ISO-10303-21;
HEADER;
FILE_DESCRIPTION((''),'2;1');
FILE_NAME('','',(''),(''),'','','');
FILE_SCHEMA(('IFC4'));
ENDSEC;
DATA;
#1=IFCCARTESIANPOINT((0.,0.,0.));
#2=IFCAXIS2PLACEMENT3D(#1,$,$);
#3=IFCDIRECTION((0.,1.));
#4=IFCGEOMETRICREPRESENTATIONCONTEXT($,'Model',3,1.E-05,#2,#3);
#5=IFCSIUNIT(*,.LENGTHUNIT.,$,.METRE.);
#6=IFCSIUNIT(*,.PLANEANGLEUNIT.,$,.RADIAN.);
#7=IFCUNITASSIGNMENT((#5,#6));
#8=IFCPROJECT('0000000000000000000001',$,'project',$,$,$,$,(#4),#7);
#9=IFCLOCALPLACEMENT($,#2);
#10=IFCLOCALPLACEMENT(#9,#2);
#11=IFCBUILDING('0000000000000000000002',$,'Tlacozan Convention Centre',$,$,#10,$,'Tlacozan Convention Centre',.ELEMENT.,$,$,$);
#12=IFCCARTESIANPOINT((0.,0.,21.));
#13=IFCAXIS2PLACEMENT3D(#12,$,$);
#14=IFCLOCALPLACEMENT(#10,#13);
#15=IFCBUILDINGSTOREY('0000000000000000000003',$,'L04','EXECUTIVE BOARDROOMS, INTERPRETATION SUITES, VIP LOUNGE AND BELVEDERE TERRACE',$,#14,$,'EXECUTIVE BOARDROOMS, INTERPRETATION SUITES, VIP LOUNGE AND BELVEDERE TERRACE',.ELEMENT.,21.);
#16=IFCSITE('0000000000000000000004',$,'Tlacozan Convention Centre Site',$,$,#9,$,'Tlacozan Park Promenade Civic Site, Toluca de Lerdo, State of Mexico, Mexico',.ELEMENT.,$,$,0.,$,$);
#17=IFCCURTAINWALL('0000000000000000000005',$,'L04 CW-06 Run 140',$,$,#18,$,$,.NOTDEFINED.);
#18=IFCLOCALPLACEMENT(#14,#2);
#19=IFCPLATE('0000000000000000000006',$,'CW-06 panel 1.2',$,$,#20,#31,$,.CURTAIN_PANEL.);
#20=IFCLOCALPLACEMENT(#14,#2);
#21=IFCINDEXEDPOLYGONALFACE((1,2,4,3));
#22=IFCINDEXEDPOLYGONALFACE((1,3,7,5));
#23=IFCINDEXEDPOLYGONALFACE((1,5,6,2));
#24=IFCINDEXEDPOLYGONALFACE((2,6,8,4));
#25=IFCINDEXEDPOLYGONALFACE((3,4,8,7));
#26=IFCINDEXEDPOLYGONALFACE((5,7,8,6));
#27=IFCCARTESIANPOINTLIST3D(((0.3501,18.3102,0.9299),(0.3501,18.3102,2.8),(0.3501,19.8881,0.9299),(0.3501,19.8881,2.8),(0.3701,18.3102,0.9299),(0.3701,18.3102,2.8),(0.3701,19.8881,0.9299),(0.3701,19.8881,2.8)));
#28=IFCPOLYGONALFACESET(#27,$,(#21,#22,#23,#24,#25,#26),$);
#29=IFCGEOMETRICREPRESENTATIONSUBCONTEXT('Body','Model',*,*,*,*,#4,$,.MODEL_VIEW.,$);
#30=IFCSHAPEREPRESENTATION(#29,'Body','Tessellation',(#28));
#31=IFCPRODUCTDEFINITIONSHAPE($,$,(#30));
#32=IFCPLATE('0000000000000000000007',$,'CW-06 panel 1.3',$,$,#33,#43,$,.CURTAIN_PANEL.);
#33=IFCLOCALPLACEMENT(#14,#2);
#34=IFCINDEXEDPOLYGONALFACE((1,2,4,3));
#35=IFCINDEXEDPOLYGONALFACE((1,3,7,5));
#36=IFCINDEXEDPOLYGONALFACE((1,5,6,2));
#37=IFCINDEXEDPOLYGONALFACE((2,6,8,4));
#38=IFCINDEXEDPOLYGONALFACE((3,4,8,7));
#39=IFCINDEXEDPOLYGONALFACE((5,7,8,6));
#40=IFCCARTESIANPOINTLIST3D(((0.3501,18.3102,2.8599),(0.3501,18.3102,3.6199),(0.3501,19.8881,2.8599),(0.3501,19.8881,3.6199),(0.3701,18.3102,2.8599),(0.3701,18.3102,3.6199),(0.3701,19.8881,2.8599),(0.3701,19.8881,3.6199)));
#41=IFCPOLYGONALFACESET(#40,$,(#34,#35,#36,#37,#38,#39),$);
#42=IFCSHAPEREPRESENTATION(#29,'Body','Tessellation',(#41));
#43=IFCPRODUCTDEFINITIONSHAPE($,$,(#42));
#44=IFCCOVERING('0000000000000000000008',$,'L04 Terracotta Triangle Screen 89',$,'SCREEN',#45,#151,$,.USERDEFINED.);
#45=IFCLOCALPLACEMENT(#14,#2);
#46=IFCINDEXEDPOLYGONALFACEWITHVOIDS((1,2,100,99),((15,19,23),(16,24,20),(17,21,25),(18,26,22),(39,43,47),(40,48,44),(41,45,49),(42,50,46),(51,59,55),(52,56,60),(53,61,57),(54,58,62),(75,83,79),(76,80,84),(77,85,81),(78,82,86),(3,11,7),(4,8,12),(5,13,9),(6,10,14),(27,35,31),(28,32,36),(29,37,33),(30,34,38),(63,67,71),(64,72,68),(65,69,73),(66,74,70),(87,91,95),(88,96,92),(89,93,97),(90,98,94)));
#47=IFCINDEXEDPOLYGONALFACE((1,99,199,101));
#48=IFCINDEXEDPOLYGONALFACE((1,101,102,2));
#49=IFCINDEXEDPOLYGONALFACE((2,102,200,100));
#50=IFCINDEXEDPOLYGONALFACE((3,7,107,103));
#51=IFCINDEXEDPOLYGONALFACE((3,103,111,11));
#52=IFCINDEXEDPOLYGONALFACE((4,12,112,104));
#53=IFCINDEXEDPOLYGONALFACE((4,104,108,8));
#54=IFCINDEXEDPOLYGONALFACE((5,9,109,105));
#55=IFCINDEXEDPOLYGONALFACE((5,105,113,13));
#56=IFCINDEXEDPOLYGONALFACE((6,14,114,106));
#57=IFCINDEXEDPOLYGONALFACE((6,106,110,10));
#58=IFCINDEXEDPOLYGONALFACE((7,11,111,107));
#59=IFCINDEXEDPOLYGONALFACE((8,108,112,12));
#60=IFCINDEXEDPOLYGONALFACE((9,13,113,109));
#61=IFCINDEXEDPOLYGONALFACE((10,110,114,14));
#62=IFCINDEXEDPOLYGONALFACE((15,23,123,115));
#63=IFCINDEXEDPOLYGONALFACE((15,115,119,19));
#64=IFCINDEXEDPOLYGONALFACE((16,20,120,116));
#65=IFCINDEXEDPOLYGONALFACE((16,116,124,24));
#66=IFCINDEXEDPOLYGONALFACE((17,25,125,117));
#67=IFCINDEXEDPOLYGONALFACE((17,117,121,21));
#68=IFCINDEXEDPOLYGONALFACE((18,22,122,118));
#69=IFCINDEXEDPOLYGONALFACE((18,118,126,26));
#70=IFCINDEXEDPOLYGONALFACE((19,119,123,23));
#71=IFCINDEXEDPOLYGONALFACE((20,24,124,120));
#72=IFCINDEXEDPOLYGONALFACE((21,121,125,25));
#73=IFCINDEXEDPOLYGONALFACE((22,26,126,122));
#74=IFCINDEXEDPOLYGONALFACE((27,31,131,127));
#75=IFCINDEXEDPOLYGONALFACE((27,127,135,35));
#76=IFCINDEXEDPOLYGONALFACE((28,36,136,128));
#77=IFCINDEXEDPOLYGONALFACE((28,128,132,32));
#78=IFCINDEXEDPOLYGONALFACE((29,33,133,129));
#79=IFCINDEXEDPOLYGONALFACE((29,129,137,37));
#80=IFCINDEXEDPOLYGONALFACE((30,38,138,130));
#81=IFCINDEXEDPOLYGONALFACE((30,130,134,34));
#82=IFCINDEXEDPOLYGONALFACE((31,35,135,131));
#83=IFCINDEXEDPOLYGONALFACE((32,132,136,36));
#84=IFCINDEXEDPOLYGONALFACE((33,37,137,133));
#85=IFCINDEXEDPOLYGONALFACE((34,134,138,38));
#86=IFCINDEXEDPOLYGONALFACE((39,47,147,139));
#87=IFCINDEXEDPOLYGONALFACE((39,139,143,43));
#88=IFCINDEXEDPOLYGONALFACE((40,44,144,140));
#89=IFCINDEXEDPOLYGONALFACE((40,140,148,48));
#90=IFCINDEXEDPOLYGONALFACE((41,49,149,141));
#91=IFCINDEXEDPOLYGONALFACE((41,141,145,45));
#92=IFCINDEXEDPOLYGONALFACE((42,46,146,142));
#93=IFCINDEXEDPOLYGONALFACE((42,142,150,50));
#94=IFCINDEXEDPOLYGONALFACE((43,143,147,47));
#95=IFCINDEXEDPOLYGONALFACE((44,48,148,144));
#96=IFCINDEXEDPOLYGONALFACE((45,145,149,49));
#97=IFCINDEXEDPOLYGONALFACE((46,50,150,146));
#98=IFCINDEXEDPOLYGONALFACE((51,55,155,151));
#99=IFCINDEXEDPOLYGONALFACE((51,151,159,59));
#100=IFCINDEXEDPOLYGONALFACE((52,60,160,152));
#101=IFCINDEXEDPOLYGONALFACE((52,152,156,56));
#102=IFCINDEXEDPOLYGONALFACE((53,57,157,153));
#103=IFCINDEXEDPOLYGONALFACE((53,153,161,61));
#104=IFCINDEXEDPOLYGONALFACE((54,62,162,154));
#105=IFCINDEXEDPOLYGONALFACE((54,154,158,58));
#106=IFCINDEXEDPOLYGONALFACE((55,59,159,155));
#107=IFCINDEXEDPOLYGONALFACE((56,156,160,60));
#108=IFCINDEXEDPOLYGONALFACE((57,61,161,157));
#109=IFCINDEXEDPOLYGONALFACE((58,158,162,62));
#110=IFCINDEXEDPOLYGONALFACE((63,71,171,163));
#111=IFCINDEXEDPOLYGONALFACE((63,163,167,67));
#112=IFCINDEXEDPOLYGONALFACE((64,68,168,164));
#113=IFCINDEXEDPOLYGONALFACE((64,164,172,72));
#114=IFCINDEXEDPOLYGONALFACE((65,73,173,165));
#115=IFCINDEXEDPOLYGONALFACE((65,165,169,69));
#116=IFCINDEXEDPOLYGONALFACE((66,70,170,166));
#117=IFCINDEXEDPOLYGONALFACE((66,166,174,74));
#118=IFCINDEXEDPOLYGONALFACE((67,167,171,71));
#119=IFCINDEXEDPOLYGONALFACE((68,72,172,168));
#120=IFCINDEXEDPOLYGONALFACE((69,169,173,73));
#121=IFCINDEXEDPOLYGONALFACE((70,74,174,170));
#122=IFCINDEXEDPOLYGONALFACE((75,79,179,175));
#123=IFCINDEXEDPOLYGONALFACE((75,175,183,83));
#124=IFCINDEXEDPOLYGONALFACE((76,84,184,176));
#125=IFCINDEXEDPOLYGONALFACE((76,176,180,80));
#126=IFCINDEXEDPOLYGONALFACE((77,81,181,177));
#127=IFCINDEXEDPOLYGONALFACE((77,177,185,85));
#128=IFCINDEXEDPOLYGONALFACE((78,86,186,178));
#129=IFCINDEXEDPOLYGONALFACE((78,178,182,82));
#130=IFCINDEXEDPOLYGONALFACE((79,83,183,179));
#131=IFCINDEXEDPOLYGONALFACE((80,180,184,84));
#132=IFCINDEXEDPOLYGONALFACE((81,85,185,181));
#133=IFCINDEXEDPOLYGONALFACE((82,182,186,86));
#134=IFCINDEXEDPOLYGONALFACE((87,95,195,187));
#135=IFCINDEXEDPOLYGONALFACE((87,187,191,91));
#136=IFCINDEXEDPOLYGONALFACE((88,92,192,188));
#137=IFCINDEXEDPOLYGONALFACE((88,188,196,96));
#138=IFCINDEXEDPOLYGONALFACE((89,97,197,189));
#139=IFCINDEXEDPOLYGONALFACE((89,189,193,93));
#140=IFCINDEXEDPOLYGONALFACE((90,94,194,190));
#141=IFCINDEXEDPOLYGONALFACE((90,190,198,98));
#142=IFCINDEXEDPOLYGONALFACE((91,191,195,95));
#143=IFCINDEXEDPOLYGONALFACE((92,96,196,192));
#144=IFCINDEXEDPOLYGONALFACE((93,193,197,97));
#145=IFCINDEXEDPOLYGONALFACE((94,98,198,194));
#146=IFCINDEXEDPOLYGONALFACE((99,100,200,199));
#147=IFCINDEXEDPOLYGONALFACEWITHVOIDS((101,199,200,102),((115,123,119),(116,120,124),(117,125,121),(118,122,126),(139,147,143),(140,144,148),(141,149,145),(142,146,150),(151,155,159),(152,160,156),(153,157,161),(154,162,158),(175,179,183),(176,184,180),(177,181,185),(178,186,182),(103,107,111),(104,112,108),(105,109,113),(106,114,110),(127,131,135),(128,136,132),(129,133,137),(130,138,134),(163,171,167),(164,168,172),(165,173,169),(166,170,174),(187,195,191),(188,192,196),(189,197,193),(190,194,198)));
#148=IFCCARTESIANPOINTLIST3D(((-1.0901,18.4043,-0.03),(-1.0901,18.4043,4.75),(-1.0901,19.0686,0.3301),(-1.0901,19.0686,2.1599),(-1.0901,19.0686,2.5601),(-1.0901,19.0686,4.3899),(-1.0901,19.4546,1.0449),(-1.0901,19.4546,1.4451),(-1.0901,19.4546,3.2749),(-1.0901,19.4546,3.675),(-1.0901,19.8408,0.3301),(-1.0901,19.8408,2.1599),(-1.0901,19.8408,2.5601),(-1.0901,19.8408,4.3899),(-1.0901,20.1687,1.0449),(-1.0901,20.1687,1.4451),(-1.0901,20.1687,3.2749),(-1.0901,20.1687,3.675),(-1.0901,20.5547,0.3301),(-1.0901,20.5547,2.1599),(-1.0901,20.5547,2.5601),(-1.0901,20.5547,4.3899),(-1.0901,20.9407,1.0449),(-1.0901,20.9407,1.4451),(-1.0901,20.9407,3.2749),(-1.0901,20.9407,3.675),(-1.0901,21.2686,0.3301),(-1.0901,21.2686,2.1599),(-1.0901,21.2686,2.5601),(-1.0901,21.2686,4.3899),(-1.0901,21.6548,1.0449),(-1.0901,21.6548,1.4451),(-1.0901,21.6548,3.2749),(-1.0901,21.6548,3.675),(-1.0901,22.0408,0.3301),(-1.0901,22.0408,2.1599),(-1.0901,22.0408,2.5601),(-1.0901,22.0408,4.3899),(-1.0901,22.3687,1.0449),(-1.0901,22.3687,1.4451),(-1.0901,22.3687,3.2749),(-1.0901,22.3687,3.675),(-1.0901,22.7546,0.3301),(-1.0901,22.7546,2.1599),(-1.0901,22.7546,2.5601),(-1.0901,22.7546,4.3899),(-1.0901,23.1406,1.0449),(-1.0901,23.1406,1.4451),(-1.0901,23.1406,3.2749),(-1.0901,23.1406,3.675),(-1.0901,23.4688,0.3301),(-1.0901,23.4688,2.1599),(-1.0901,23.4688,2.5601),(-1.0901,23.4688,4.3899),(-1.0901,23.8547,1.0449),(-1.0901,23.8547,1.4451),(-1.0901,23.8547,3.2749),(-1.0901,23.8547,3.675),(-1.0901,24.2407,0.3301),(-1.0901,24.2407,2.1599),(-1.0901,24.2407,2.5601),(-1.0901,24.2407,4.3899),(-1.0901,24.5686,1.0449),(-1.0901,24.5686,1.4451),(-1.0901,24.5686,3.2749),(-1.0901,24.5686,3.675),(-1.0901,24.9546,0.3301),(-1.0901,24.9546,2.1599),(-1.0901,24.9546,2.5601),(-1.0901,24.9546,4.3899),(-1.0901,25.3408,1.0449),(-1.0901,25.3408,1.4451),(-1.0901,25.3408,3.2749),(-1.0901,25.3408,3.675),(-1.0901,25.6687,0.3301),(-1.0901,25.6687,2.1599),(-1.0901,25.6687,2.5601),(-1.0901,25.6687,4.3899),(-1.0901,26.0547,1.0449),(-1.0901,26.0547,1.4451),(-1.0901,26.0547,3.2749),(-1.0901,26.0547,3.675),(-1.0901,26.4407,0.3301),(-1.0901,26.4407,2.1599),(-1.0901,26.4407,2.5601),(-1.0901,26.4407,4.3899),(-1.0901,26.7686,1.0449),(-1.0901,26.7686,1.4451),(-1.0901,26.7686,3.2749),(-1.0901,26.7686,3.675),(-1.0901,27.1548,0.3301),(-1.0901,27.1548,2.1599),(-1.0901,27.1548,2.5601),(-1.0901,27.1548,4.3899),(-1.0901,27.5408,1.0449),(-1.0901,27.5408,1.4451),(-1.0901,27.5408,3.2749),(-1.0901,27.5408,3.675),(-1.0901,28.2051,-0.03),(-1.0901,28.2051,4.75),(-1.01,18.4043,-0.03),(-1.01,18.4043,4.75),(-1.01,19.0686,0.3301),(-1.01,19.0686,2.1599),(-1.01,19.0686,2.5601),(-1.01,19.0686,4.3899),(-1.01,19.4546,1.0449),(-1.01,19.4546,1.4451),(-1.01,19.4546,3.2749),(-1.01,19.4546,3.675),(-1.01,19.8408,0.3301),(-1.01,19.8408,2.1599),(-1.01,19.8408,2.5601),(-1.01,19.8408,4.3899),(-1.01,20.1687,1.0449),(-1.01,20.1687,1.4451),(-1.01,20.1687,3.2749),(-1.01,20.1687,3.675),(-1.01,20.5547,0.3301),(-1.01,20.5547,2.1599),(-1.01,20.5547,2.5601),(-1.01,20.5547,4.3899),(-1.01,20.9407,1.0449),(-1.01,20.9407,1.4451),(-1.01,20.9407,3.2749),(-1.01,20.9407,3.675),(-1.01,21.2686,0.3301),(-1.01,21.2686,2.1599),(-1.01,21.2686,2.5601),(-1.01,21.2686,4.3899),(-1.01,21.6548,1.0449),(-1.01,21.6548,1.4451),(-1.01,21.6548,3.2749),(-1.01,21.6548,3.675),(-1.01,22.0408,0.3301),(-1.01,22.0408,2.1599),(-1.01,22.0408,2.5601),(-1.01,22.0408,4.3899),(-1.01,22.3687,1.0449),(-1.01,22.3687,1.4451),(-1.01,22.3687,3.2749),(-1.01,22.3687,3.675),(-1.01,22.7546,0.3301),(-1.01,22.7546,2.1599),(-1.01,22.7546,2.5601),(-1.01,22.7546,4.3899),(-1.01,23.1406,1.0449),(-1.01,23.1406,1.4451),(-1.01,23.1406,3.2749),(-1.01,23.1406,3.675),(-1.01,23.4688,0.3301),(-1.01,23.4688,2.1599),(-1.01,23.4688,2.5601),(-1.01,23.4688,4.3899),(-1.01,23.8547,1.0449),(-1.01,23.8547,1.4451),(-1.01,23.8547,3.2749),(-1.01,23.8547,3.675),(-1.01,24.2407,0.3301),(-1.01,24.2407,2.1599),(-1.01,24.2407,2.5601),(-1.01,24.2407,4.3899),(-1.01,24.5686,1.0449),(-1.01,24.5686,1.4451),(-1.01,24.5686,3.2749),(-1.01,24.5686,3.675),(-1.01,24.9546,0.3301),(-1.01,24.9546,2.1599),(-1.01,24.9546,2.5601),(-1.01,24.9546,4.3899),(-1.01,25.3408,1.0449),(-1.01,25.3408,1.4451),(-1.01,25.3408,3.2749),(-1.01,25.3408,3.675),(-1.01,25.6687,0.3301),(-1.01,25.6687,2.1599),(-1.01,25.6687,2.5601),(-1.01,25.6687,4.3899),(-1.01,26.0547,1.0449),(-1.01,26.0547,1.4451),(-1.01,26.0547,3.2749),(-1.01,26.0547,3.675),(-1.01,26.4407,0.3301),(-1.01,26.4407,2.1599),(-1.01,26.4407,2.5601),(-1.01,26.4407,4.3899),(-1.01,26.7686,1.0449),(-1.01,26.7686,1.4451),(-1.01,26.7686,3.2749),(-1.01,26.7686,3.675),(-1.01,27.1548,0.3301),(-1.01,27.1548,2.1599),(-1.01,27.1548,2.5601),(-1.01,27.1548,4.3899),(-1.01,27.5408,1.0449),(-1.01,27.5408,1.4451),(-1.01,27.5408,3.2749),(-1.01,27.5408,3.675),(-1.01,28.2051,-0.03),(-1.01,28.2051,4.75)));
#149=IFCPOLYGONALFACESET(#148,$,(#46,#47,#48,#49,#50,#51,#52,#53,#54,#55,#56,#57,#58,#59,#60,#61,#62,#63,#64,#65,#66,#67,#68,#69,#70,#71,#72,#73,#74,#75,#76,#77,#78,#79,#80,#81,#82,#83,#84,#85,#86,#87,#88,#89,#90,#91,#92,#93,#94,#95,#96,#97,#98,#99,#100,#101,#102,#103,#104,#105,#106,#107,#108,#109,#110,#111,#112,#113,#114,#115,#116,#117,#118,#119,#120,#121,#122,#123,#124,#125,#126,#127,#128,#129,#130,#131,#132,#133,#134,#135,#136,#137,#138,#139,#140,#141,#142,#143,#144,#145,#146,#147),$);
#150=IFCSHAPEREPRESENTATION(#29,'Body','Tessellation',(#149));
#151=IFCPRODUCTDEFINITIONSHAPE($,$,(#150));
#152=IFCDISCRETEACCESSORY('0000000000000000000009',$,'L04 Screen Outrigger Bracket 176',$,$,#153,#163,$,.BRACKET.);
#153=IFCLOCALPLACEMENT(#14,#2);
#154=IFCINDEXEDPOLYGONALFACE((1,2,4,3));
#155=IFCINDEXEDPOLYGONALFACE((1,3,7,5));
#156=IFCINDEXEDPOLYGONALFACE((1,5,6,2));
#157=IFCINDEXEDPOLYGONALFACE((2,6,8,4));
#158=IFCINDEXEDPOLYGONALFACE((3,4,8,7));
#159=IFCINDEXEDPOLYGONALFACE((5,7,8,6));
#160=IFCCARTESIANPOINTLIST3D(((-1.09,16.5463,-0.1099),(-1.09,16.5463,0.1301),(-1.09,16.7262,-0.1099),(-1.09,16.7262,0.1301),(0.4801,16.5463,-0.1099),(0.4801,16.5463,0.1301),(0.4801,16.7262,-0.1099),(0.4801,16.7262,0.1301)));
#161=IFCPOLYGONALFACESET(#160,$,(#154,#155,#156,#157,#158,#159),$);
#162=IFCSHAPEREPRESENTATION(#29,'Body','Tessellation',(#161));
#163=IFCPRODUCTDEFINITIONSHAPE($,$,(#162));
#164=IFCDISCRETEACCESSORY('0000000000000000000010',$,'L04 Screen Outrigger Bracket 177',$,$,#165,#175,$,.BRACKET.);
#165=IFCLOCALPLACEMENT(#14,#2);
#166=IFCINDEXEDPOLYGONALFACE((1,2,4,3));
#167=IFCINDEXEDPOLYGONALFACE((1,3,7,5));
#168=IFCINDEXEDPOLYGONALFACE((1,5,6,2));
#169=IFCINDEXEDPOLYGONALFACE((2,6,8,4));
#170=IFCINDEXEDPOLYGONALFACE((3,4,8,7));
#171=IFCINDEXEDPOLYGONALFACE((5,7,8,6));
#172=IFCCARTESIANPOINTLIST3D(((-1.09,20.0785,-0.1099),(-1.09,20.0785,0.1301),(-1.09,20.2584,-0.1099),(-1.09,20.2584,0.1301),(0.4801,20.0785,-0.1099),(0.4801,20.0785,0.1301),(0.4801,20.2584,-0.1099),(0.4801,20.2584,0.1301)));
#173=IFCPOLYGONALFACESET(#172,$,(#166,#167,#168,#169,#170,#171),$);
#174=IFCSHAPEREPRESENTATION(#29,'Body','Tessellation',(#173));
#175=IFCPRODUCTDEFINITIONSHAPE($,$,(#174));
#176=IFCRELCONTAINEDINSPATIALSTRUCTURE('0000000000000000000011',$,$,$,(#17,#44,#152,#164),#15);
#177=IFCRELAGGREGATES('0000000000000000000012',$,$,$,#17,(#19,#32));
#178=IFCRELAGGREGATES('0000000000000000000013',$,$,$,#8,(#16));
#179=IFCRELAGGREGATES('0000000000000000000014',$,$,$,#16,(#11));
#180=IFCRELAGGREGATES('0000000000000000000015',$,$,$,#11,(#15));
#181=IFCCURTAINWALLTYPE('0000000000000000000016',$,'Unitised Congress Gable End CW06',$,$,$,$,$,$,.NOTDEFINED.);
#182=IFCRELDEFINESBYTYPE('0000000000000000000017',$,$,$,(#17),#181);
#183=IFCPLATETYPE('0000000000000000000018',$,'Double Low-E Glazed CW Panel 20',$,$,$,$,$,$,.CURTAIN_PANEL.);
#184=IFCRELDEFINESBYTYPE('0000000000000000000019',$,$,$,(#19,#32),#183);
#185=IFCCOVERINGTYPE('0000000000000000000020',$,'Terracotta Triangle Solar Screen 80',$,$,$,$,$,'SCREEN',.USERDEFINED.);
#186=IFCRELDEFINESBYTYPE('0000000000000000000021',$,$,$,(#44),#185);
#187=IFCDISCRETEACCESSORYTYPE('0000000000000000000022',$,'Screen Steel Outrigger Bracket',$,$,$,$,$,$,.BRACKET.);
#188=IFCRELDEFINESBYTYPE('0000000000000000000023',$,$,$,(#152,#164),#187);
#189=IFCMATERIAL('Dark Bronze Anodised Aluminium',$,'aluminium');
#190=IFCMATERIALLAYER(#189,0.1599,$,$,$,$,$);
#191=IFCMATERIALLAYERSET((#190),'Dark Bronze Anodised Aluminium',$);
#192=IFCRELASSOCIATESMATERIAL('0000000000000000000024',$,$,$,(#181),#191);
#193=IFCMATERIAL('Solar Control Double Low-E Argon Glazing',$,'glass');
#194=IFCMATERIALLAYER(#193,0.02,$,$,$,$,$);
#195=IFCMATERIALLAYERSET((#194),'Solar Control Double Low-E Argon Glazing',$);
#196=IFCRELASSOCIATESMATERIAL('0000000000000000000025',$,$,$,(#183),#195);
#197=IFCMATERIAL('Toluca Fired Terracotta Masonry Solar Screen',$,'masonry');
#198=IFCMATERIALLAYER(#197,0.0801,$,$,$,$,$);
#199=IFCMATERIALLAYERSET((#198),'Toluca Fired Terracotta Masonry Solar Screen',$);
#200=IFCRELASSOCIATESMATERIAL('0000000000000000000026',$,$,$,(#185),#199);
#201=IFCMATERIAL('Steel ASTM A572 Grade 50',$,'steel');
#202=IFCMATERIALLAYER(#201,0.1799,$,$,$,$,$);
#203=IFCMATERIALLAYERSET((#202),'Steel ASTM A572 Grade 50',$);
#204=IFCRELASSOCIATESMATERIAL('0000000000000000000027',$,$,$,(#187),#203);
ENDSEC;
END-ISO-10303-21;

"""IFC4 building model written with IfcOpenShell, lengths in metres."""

from ifc_helpers import new_model, si_unit, direction, frame, origin, origin_2d, place, context, subcontext, project, spatial, polyline, rectangle, outline, extrude, material, layer, layer_set, type_object, element, aggregate, save


model = new_model("IFC4")

# Units and contexts
model_context = context("Model", 3, precision=1e-05, world=origin(), true_north=direction((0.0, 1.0)))
body_context = subcontext(model_context, "Body", "Model", "MODEL_VIEW")
ifc_project = project(units=[si_unit("LENGTHUNIT", "METRE"), si_unit("PLANEANGLEUNIT", "RADIAN")], contexts=[model_context])

# Site, building, storey
site_placement = place(None, origin())
site = spatial("IfcSite", under=ifc_project, at=site_placement, Name="Tlacozan Convention Centre Site", LongName="Tlacozan Park Promenade Civic Site, Toluca de Lerdo, State of Mexico, Mexico", CompositionType="ELEMENT", RefElevation=0.0)
building_placement = place(site_placement, origin())
building = spatial("IfcBuilding", under=site, at=building_placement, Name="Tlacozan Convention Centre", LongName="Tlacozan Convention Centre", CompositionType="ELEMENT")
storey_placement = place(building_placement, frame((0.0, 0.0, 21.0)))
storey = spatial("IfcBuildingStorey", under=building, at=storey_placement, Name="L04", Description="EXECUTIVE BOARDROOMS, INTERPRETATION SUITES, VIP LOUNGE AND BELVEDERE TERRACE", LongName="EXECUTIVE BOARDROOMS, INTERPRETATION SUITES, VIP LOUNGE AND BELVEDERE TERRACE", CompositionType="ELEMENT", Elevation=21.0)

# Curtain wall
ifc_material_1 = material(Name="Dark Bronze Anodised Aluminium", Category="aluminium")
ifc_layer_1 = layer(ifc_material_1, 0.1599)
ifc_layer_set_1 = layer_set([ifc_layer_1], Name="Dark Bronze Anodised Aluminium")
curtain_wall_type = type_object("IfcCurtainWallType", Name="Unitised Congress Gable End CW06", PredefinedType="NOTDEFINED", material=ifc_layer_set_1)
curtain_wall_1_placement = place(storey_placement, origin())
curtain_wall_1 = element("IfcCurtainWall", 1, at=curtain_wall_1_placement, inside=storey, type_object=curtain_wall_type, Name="L04 CW-06 Run 140", PredefinedType="NOTDEFINED")

# Plates
ifc_material_2 = material(Name="Solar Control Double Low-E Argon Glazing", Category="glass")
ifc_layer_2 = layer(ifc_material_2, 0.02)
ifc_layer_set_2 = layer_set([ifc_layer_2], Name="Solar Control Double Low-E Argon Glazing")
plate_type = type_object("IfcPlateType", Name="Double Low-E Glazed CW Panel 20", PredefinedType="CURTAIN_PANEL", material=ifc_layer_set_2)
plate_1_placement = place(storey_placement, frame((0.3601, 19.0991, 0.9299), z_axis=(0.0, 0.0, 1.0), x_axis=(0.0, 1.0, 0.0)))
plate_1 = element("IfcPlate", 2, at=plate_1_placement, type_object=plate_type, Name="CW-06 panel 1.2", PredefinedType="CURTAIN_PANEL", context=body_context, shape_type="SweptSolid", body=[
    extrude(rectangle(XDim=1.5779, YDim=0.02, at=origin_2d()), origin(), (0.0, 0.0, 1.0), 1.8701),
])
plate_2_placement = place(storey_placement, frame((0.3601, 19.0991, 2.8599), z_axis=(0.0, 0.0, 1.0), x_axis=(0.0, 1.0, 0.0)))
plate_2 = element("IfcPlate", 3, at=plate_2_placement, type_object=plate_type, Name="CW-06 panel 1.3", PredefinedType="CURTAIN_PANEL", context=body_context, shape_type="SweptSolid", body=[
    extrude(rectangle(XDim=1.5779, YDim=0.02, at=origin_2d()), origin(), (0.0, 0.0, 1.0), 0.76),
])
aggregate(curtain_wall_1, [plate_1, plate_2])

# Covering
ifc_material_3 = material(Name="Toluca Fired Terracotta Masonry Solar Screen", Category="masonry")
ifc_layer_3 = layer(ifc_material_3, 0.0801)
ifc_layer_set_3 = layer_set([ifc_layer_3], Name="Toluca Fired Terracotta Masonry Solar Screen")
covering_type = type_object("IfcCoveringType", Name="Terracotta Triangle Solar Screen 80", ElementType="SCREEN", PredefinedType="USERDEFINED", material=ifc_layer_set_3)
covering_placement = place(storey_placement, frame((-1.05, 18.4043, -0.03), z_axis=(0.0, 0.0, 1.0), x_axis=(0.0, 1.0, 0.0)))
element("IfcCovering", 4, at=covering_placement, inside=storey, type_object=covering_type, Name="L04 Terracotta Triangle Screen 89", ObjectType="SCREEN", PredefinedType="USERDEFINED", context=body_context, shape_type="SweptSolid", body=[
    extrude(outline(polyline([(0.0, 0.0), (9.8008, 0.0), (9.8008, 4.78), (0.0, 4.78), (0.0, 0.0)]), holes=[polyline([(0.6643, 0.3601), (1.4365, 0.3601), (1.0503, 1.075), (0.6643, 0.3601)]), polyline([(1.7644, 1.075), (2.5364, 1.075), (2.1504, 0.3601), (1.7644, 1.075)]), polyline([(2.8643, 0.3601), (3.6365, 0.3601), (3.2505, 1.075), (2.8643, 0.3601)]), polyline([(3.9644, 1.075), (4.7363, 1.075), (4.3503, 0.3601), (3.9644, 1.075)]), polyline([(5.0645, 0.3601), (5.8364, 0.3601), (5.4504, 1.075), (5.0645, 0.3601)]), polyline([(6.1643, 1.075), (6.9365, 1.075), (6.5503, 0.3601), (6.1643, 1.075)]), polyline([(7.2644, 0.3601), (8.0364, 0.3601), (7.6504, 1.075), (7.2644, 0.3601)]), polyline([(8.3643, 1.075), (9.1365, 1.075), (8.7505, 0.3601), (8.3643, 1.075)]), polyline([(0.6643, 2.1899), (1.4365, 2.1899), (1.0503, 1.4751), (0.6643, 2.1899)]), polyline([(1.7644, 1.4751), (2.5364, 1.4751), (2.1504, 2.1899), (1.7644, 1.4751)]), polyline([(2.8643, 2.1899), (3.6365, 2.1899), (3.2505, 1.4751), (2.8643, 2.1899)]), polyline([(3.9644, 1.4751), (4.7363, 1.4751), (4.3503, 2.1899), (3.9644, 1.4751)]), polyline([(5.0645, 2.1899), (5.8364, 2.1899), (5.4504, 1.4751), (5.0645, 2.1899)]), polyline([(6.1643, 1.4751), (6.9365, 1.4751), (6.5503, 2.1899), (6.1643, 1.4751)]), polyline([(7.2644, 2.1899), (8.0364, 2.1899), (7.6504, 1.4751), (7.2644, 2.1899)]), polyline([(8.3643, 1.4751), (9.1365, 1.4751), (8.7505, 2.1899), (8.3643, 1.4751)]), polyline([(0.6643, 2.5901), (1.4365, 2.5901), (1.0503, 3.3049), (0.6643, 2.5901)]), polyline([(1.7644, 3.3049), (2.5364, 3.3049), (2.1504, 2.5901), (1.7644, 3.3049)]), polyline([(2.8643, 2.5901), (3.6365, 2.5901), (3.2505, 3.3049), (2.8643, 2.5901)]), polyline([(3.9644, 3.3049), (4.7363, 3.3049), (4.3503, 2.5901), (3.9644, 3.3049)]), polyline([(5.0645, 2.5901), (5.8364, 2.5901), (5.4504, 3.3049), (5.0645, 2.5901)]), polyline([(6.1643, 3.3049), (6.9365, 3.3049), (6.5503, 2.5901), (6.1643, 3.3049)]), polyline([(7.2644, 2.5901), (8.0364, 2.5901), (7.6504, 3.3049), (7.2644, 2.5901)]), polyline([(8.3643, 3.3049), (9.1365, 3.3049), (8.7505, 2.5901), (8.3643, 3.3049)]), polyline([(0.6643, 4.4199), (1.4365, 4.4199), (1.0503, 3.7051), (0.6643, 4.4199)]), polyline([(1.7644, 3.7051), (2.5364, 3.7051), (2.1504, 4.4199), (1.7644, 3.7051)]), polyline([(2.8643, 4.4199), (3.6365, 4.4199), (3.2505, 3.7051), (2.8643, 4.4199)]), polyline([(3.9644, 3.7051), (4.7363, 3.7051), (4.3503, 4.4199), (3.9644, 3.7051)]), polyline([(5.0645, 4.4199), (5.8364, 4.4199), (5.4504, 3.7051), (5.0645, 4.4199)]), polyline([(6.1643, 3.7051), (6.9365, 3.7051), (6.5503, 4.4199), (6.1643, 3.7051)]), polyline([(7.2644, 4.4199), (8.0364, 4.4199), (7.6504, 3.7051), (7.2644, 4.4199)]), polyline([(8.3643, 3.7051), (9.1365, 3.7051), (8.7505, 4.4199), (8.3643, 3.7051)])]), frame((0.0, 0.04, 0.0), z_axis=(0.0, -1.0, 0.0), x_axis=(1.0, 0.0, 0.0)), (0.0, 0.0, 1.0), 0.0801),
])

# Discrete accessories
ifc_material_4 = material(Name="Steel ASTM A572 Grade 50", Category="steel")
ifc_layer_4 = layer(ifc_material_4, 0.1799)
ifc_layer_set_4 = layer_set([ifc_layer_4], Name="Steel ASTM A572 Grade 50")
discrete_accessory_type = type_object("IfcDiscreteAccessoryType", Name="Screen Steel Outrigger Bracket", PredefinedType="BRACKET", material=ifc_layer_set_4)
for number, where, z_axis, x_axis, name in (
    (5, (-0.3049, 16.6362, -0.1099), (0.0, 0.0, 1.0), (1.0, 0.0, 0.0), "L04 Screen Outrigger Bracket 176"),
    (6, (-0.3049, 20.1685, -0.1099), (0.0, 0.0, 1.0), (1.0, 0.0, 0.0), "L04 Screen Outrigger Bracket 177"),
):
    element("IfcDiscreteAccessory", number, at=place(storey_placement, frame(where, z_axis=z_axis, x_axis=x_axis)), inside=storey, type_object=discrete_accessory_type, Name=name, PredefinedType="BRACKET", context=body_context, shape_type="SweptSolid", body=[
        extrude(rectangle(XDim=1.5701, YDim=0.1799, at=origin_2d()), origin(), (0.0, 0.0, 1.0), 0.24),
    ])

save(model, "model.ifc")
